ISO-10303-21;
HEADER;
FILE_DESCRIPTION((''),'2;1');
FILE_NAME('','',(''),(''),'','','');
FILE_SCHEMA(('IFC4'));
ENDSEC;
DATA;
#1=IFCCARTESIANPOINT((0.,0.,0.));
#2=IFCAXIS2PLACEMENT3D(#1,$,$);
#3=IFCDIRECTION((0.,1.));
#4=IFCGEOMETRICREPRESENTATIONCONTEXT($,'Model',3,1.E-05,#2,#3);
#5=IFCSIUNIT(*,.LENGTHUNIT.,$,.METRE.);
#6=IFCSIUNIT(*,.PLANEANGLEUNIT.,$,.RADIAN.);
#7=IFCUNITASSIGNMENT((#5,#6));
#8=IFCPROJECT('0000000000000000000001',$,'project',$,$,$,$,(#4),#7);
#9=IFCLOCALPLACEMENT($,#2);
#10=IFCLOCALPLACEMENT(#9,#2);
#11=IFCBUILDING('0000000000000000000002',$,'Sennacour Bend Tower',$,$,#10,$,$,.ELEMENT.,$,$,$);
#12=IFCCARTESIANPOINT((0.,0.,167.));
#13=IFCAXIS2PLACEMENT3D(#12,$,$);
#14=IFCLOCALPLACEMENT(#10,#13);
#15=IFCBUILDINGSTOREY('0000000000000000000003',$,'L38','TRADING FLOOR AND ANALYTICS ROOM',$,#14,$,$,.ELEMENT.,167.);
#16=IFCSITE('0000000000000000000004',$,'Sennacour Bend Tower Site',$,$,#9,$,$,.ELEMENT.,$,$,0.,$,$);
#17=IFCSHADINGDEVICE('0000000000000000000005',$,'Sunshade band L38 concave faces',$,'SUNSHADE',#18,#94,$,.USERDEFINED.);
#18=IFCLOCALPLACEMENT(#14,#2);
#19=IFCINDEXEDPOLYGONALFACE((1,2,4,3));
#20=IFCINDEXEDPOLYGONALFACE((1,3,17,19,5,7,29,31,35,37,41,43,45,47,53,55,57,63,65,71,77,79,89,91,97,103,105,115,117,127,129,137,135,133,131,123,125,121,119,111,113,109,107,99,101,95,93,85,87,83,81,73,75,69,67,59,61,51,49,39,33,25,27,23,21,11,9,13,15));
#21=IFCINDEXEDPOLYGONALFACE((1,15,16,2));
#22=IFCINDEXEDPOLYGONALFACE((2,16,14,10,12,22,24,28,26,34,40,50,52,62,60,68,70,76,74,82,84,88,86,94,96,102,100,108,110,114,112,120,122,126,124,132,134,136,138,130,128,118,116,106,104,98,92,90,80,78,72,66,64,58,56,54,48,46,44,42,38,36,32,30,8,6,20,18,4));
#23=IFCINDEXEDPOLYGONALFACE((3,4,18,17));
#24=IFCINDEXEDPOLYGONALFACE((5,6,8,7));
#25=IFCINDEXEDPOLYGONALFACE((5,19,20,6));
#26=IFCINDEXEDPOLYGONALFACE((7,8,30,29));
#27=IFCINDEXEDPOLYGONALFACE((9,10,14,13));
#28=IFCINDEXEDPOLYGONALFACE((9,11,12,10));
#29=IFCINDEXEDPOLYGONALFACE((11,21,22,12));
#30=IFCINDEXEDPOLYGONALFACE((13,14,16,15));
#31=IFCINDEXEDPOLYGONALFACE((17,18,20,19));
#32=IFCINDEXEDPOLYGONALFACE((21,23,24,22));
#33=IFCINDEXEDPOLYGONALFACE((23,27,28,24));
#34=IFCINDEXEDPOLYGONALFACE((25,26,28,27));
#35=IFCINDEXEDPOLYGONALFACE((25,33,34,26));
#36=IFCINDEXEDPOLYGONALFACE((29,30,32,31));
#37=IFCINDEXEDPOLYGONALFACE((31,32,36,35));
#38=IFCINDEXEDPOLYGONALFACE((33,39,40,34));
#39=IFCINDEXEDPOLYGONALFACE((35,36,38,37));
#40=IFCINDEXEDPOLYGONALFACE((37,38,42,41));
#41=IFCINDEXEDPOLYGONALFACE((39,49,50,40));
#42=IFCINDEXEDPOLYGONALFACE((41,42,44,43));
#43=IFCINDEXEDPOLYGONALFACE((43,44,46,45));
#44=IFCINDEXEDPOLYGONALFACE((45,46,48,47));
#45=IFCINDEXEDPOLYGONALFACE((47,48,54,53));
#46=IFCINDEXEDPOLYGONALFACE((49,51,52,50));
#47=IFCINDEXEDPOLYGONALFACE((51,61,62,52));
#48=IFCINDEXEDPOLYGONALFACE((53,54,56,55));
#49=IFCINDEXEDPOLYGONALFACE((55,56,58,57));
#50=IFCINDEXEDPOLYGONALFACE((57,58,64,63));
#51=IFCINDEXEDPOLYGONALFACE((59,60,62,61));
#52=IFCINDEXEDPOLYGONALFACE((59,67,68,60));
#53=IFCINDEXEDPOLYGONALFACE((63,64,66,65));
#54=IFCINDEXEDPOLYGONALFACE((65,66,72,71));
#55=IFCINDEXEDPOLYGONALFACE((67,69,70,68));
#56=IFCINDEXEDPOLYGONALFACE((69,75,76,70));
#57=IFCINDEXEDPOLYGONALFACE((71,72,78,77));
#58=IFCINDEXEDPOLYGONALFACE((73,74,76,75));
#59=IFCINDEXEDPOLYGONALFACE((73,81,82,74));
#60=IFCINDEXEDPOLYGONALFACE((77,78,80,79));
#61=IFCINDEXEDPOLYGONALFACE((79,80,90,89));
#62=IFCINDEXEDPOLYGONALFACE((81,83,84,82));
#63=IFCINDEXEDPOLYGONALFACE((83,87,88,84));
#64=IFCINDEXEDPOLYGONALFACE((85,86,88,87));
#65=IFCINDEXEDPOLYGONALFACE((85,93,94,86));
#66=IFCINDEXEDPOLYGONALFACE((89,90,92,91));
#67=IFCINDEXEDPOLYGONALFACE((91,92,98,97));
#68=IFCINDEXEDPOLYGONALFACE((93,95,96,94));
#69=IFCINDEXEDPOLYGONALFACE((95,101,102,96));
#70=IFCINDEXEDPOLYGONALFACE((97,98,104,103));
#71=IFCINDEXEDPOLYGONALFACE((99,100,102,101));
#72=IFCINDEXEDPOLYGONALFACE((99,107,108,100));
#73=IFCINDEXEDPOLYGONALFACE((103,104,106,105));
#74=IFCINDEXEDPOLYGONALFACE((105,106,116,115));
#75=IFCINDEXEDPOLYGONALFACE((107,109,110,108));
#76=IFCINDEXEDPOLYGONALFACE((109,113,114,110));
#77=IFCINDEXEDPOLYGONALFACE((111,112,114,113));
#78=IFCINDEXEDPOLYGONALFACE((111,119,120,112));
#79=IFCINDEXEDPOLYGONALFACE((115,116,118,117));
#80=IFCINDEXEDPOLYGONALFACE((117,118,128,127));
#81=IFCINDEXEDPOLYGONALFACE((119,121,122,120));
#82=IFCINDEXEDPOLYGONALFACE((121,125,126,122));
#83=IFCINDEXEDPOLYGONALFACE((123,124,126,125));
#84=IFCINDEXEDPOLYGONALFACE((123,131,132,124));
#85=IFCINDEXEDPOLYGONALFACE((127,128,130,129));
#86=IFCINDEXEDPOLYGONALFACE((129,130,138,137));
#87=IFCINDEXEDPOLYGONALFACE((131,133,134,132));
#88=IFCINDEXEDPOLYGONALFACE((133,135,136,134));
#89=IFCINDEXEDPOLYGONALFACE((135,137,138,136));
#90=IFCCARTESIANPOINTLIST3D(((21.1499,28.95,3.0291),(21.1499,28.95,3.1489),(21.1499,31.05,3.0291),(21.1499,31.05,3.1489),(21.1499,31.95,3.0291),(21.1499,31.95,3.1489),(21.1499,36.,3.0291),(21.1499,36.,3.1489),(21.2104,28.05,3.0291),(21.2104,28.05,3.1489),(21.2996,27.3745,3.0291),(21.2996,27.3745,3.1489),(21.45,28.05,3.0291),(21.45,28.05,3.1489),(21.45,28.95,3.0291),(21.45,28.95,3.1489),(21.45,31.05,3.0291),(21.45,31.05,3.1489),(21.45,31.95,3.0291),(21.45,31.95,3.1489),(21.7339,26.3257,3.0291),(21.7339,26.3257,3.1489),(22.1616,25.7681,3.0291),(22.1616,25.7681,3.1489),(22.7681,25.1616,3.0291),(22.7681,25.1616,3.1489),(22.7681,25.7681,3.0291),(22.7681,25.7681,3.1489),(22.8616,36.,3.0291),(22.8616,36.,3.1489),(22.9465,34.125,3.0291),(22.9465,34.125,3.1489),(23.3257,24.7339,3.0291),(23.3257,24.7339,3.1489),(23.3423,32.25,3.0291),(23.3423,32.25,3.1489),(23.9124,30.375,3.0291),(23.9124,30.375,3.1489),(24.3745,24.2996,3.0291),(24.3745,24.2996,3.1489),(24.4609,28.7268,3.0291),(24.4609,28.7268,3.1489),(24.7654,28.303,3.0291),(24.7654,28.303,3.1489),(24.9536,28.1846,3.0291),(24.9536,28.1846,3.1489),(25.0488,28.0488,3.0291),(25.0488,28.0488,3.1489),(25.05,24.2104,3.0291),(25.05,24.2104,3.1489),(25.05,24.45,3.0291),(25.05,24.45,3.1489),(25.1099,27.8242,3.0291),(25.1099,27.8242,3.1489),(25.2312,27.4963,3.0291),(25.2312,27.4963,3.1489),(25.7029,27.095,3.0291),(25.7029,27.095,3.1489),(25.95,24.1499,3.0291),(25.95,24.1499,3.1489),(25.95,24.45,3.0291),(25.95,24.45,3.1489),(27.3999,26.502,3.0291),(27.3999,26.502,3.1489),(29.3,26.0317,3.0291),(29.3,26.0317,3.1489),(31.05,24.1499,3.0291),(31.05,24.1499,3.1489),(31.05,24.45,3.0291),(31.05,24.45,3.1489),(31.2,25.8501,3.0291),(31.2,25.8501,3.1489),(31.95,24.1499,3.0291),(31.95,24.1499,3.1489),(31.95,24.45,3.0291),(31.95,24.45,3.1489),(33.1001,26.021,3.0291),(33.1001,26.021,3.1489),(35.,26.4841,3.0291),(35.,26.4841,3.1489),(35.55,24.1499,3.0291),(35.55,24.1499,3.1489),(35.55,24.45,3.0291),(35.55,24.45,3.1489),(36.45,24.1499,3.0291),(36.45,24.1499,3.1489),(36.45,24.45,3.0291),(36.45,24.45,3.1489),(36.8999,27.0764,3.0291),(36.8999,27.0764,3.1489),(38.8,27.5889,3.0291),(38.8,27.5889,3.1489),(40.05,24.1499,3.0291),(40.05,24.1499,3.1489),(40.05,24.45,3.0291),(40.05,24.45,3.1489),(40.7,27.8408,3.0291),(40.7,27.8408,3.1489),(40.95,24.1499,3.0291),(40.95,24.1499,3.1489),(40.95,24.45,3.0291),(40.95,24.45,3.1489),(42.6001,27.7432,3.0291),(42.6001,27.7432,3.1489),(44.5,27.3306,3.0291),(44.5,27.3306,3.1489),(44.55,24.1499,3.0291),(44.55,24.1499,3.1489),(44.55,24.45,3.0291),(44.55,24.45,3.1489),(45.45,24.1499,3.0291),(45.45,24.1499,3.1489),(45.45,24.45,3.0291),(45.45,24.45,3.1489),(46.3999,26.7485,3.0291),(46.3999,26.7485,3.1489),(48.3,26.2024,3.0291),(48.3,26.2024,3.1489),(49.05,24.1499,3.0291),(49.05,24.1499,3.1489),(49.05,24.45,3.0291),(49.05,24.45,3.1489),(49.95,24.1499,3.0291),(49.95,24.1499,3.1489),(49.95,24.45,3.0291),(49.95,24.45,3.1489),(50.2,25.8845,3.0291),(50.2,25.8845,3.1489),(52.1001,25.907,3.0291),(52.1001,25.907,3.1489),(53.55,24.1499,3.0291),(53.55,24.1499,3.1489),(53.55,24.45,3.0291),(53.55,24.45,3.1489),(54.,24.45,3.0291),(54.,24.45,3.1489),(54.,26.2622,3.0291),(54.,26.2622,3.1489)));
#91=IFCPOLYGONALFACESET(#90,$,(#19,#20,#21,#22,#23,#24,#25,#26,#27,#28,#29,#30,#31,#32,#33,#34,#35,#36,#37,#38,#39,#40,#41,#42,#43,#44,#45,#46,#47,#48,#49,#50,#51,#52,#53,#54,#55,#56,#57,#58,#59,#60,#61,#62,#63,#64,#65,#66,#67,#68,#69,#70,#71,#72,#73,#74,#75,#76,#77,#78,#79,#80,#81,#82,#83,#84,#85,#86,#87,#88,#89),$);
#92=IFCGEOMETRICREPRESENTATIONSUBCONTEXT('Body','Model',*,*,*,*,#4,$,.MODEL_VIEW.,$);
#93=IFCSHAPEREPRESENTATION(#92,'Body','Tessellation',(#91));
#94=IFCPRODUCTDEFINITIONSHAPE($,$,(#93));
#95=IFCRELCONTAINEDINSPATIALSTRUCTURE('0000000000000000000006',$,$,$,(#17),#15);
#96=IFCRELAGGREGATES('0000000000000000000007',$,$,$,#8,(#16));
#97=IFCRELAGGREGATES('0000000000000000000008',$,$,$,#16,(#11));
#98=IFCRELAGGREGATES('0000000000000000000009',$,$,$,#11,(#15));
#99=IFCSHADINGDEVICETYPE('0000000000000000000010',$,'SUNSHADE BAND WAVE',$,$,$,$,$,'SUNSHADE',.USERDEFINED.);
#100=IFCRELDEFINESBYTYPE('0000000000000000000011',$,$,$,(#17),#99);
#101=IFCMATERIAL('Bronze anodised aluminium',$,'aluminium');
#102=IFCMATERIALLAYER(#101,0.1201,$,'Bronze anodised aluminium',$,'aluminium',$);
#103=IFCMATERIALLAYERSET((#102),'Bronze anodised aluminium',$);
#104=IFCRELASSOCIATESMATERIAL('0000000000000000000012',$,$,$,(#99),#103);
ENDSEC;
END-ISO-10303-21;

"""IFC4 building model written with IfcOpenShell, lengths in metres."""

from ifc_helpers import new_model, si_unit, direction, frame, origin, place, context, subcontext, project, spatial, polyline, outline, extrude, material, layer, layer_set, type_object, element, save


model = new_model("IFC4")

# Units and contexts
model_context = context("Model", 3, precision=1e-05, world=origin(), true_north=direction((0.0, 1.0)))
body_context = subcontext(model_context, "Body", "Model", "MODEL_VIEW")
ifc_project = project(units=[si_unit("LENGTHUNIT", "METRE"), si_unit("PLANEANGLEUNIT", "RADIAN")], contexts=[model_context])

# Site, building, storey
site_placement = place(None, origin())
site = spatial("IfcSite", under=ifc_project, at=site_placement, Name="Sennacour Bend Tower Site", CompositionType="ELEMENT", RefElevation=0.0)
building_placement = place(site_placement, origin())
building = spatial("IfcBuilding", under=site, at=building_placement, Name="Sennacour Bend Tower", CompositionType="ELEMENT")
storey_placement = place(building_placement, frame((0.0, 0.0, 167.0)))
storey = spatial("IfcBuildingStorey", under=building, at=storey_placement, Name="L38", Description="TRADING FLOOR AND ANALYTICS ROOM", CompositionType="ELEMENT", Elevation=167.0)

# Shading device
ifc_material_1 = material(Name="Bronze anodised aluminium", Category="aluminium")
ifc_layer_1 = layer(ifc_material_1, 0.1201, Name="Bronze anodised aluminium", Category="aluminium")
ifc_layer_set_1 = layer_set([ifc_layer_1], Name="Bronze anodised aluminium")
shading_device_type_1 = type_object("IfcShadingDeviceType", Name="SUNSHADE BAND WAVE", ElementType="SUNSHADE", PredefinedType="USERDEFINED", material=ifc_layer_set_1)
shading_device_1_placement = place(storey_placement, frame((0.0, 0.0, 3.0291)))
element("IfcShadingDevice", 1, at=shading_device_1_placement, inside=storey, type_object=shading_device_type_1, Name="Sunshade band L38 concave faces", ObjectType="SUNSHADE", PredefinedType="USERDEFINED", context=body_context, shape_type="SweptSolid", body=[
    extrude(outline(polyline([(53.55, 24.1499), (49.95, 24.1499), (49.95, 24.45), (49.05, 24.45), (49.05, 24.1499), (45.45, 24.1499), (45.45, 24.45), (44.55, 24.45), (44.55, 24.1499), (40.95, 24.1499), (40.95, 24.45), (40.05, 24.45), (40.05, 24.1499), (36.45, 24.1499), (36.45, 24.45), (35.55, 24.45), (35.55, 24.1499), (31.95, 24.1499), (31.95, 24.45), (31.05, 24.45), (31.05, 24.1499), (25.95, 24.1499), (25.95, 24.45), (25.05, 24.45), (25.05, 24.2104), (24.3745, 24.2996), (23.3257, 24.7339), (22.7681, 25.1616), (22.7681, 25.7681), (22.1616, 25.7681), (21.7339, 26.3257), (21.2996, 27.3745), (21.2104, 28.05), (21.45, 28.05), (21.45, 28.95), (21.1499, 28.95), (21.1499, 31.05), (21.45, 31.05), (21.45, 31.95), (21.1499, 31.95), (21.1499, 36.0), (22.8616, 36.0), (22.9465, 34.125), (23.3423, 32.25), (23.9124, 30.375), (24.4609, 28.7268), (24.7654, 28.303), (24.9536, 28.1846), (25.0488, 28.0488), (25.1099, 27.8242), (25.2312, 27.4963), (25.7029, 27.095), (27.3999, 26.502), (29.3, 26.0317), (31.2, 25.8501), (33.1001, 26.021), (35.0, 26.4841), (36.8999, 27.0764), (38.8, 27.5889), (40.7, 27.8408), (42.6001, 27.7432), (44.5, 27.3306), (46.3999, 26.7485), (48.3, 26.2024), (50.2, 25.8845), (52.1001, 25.907), (54.0, 26.2622), (54.0, 24.45), (53.55, 24.45), (53.55, 24.1499)])), origin(), (0.0, 0.0, 1.0), 0.1199),
])

save(model, "model.ifc")
